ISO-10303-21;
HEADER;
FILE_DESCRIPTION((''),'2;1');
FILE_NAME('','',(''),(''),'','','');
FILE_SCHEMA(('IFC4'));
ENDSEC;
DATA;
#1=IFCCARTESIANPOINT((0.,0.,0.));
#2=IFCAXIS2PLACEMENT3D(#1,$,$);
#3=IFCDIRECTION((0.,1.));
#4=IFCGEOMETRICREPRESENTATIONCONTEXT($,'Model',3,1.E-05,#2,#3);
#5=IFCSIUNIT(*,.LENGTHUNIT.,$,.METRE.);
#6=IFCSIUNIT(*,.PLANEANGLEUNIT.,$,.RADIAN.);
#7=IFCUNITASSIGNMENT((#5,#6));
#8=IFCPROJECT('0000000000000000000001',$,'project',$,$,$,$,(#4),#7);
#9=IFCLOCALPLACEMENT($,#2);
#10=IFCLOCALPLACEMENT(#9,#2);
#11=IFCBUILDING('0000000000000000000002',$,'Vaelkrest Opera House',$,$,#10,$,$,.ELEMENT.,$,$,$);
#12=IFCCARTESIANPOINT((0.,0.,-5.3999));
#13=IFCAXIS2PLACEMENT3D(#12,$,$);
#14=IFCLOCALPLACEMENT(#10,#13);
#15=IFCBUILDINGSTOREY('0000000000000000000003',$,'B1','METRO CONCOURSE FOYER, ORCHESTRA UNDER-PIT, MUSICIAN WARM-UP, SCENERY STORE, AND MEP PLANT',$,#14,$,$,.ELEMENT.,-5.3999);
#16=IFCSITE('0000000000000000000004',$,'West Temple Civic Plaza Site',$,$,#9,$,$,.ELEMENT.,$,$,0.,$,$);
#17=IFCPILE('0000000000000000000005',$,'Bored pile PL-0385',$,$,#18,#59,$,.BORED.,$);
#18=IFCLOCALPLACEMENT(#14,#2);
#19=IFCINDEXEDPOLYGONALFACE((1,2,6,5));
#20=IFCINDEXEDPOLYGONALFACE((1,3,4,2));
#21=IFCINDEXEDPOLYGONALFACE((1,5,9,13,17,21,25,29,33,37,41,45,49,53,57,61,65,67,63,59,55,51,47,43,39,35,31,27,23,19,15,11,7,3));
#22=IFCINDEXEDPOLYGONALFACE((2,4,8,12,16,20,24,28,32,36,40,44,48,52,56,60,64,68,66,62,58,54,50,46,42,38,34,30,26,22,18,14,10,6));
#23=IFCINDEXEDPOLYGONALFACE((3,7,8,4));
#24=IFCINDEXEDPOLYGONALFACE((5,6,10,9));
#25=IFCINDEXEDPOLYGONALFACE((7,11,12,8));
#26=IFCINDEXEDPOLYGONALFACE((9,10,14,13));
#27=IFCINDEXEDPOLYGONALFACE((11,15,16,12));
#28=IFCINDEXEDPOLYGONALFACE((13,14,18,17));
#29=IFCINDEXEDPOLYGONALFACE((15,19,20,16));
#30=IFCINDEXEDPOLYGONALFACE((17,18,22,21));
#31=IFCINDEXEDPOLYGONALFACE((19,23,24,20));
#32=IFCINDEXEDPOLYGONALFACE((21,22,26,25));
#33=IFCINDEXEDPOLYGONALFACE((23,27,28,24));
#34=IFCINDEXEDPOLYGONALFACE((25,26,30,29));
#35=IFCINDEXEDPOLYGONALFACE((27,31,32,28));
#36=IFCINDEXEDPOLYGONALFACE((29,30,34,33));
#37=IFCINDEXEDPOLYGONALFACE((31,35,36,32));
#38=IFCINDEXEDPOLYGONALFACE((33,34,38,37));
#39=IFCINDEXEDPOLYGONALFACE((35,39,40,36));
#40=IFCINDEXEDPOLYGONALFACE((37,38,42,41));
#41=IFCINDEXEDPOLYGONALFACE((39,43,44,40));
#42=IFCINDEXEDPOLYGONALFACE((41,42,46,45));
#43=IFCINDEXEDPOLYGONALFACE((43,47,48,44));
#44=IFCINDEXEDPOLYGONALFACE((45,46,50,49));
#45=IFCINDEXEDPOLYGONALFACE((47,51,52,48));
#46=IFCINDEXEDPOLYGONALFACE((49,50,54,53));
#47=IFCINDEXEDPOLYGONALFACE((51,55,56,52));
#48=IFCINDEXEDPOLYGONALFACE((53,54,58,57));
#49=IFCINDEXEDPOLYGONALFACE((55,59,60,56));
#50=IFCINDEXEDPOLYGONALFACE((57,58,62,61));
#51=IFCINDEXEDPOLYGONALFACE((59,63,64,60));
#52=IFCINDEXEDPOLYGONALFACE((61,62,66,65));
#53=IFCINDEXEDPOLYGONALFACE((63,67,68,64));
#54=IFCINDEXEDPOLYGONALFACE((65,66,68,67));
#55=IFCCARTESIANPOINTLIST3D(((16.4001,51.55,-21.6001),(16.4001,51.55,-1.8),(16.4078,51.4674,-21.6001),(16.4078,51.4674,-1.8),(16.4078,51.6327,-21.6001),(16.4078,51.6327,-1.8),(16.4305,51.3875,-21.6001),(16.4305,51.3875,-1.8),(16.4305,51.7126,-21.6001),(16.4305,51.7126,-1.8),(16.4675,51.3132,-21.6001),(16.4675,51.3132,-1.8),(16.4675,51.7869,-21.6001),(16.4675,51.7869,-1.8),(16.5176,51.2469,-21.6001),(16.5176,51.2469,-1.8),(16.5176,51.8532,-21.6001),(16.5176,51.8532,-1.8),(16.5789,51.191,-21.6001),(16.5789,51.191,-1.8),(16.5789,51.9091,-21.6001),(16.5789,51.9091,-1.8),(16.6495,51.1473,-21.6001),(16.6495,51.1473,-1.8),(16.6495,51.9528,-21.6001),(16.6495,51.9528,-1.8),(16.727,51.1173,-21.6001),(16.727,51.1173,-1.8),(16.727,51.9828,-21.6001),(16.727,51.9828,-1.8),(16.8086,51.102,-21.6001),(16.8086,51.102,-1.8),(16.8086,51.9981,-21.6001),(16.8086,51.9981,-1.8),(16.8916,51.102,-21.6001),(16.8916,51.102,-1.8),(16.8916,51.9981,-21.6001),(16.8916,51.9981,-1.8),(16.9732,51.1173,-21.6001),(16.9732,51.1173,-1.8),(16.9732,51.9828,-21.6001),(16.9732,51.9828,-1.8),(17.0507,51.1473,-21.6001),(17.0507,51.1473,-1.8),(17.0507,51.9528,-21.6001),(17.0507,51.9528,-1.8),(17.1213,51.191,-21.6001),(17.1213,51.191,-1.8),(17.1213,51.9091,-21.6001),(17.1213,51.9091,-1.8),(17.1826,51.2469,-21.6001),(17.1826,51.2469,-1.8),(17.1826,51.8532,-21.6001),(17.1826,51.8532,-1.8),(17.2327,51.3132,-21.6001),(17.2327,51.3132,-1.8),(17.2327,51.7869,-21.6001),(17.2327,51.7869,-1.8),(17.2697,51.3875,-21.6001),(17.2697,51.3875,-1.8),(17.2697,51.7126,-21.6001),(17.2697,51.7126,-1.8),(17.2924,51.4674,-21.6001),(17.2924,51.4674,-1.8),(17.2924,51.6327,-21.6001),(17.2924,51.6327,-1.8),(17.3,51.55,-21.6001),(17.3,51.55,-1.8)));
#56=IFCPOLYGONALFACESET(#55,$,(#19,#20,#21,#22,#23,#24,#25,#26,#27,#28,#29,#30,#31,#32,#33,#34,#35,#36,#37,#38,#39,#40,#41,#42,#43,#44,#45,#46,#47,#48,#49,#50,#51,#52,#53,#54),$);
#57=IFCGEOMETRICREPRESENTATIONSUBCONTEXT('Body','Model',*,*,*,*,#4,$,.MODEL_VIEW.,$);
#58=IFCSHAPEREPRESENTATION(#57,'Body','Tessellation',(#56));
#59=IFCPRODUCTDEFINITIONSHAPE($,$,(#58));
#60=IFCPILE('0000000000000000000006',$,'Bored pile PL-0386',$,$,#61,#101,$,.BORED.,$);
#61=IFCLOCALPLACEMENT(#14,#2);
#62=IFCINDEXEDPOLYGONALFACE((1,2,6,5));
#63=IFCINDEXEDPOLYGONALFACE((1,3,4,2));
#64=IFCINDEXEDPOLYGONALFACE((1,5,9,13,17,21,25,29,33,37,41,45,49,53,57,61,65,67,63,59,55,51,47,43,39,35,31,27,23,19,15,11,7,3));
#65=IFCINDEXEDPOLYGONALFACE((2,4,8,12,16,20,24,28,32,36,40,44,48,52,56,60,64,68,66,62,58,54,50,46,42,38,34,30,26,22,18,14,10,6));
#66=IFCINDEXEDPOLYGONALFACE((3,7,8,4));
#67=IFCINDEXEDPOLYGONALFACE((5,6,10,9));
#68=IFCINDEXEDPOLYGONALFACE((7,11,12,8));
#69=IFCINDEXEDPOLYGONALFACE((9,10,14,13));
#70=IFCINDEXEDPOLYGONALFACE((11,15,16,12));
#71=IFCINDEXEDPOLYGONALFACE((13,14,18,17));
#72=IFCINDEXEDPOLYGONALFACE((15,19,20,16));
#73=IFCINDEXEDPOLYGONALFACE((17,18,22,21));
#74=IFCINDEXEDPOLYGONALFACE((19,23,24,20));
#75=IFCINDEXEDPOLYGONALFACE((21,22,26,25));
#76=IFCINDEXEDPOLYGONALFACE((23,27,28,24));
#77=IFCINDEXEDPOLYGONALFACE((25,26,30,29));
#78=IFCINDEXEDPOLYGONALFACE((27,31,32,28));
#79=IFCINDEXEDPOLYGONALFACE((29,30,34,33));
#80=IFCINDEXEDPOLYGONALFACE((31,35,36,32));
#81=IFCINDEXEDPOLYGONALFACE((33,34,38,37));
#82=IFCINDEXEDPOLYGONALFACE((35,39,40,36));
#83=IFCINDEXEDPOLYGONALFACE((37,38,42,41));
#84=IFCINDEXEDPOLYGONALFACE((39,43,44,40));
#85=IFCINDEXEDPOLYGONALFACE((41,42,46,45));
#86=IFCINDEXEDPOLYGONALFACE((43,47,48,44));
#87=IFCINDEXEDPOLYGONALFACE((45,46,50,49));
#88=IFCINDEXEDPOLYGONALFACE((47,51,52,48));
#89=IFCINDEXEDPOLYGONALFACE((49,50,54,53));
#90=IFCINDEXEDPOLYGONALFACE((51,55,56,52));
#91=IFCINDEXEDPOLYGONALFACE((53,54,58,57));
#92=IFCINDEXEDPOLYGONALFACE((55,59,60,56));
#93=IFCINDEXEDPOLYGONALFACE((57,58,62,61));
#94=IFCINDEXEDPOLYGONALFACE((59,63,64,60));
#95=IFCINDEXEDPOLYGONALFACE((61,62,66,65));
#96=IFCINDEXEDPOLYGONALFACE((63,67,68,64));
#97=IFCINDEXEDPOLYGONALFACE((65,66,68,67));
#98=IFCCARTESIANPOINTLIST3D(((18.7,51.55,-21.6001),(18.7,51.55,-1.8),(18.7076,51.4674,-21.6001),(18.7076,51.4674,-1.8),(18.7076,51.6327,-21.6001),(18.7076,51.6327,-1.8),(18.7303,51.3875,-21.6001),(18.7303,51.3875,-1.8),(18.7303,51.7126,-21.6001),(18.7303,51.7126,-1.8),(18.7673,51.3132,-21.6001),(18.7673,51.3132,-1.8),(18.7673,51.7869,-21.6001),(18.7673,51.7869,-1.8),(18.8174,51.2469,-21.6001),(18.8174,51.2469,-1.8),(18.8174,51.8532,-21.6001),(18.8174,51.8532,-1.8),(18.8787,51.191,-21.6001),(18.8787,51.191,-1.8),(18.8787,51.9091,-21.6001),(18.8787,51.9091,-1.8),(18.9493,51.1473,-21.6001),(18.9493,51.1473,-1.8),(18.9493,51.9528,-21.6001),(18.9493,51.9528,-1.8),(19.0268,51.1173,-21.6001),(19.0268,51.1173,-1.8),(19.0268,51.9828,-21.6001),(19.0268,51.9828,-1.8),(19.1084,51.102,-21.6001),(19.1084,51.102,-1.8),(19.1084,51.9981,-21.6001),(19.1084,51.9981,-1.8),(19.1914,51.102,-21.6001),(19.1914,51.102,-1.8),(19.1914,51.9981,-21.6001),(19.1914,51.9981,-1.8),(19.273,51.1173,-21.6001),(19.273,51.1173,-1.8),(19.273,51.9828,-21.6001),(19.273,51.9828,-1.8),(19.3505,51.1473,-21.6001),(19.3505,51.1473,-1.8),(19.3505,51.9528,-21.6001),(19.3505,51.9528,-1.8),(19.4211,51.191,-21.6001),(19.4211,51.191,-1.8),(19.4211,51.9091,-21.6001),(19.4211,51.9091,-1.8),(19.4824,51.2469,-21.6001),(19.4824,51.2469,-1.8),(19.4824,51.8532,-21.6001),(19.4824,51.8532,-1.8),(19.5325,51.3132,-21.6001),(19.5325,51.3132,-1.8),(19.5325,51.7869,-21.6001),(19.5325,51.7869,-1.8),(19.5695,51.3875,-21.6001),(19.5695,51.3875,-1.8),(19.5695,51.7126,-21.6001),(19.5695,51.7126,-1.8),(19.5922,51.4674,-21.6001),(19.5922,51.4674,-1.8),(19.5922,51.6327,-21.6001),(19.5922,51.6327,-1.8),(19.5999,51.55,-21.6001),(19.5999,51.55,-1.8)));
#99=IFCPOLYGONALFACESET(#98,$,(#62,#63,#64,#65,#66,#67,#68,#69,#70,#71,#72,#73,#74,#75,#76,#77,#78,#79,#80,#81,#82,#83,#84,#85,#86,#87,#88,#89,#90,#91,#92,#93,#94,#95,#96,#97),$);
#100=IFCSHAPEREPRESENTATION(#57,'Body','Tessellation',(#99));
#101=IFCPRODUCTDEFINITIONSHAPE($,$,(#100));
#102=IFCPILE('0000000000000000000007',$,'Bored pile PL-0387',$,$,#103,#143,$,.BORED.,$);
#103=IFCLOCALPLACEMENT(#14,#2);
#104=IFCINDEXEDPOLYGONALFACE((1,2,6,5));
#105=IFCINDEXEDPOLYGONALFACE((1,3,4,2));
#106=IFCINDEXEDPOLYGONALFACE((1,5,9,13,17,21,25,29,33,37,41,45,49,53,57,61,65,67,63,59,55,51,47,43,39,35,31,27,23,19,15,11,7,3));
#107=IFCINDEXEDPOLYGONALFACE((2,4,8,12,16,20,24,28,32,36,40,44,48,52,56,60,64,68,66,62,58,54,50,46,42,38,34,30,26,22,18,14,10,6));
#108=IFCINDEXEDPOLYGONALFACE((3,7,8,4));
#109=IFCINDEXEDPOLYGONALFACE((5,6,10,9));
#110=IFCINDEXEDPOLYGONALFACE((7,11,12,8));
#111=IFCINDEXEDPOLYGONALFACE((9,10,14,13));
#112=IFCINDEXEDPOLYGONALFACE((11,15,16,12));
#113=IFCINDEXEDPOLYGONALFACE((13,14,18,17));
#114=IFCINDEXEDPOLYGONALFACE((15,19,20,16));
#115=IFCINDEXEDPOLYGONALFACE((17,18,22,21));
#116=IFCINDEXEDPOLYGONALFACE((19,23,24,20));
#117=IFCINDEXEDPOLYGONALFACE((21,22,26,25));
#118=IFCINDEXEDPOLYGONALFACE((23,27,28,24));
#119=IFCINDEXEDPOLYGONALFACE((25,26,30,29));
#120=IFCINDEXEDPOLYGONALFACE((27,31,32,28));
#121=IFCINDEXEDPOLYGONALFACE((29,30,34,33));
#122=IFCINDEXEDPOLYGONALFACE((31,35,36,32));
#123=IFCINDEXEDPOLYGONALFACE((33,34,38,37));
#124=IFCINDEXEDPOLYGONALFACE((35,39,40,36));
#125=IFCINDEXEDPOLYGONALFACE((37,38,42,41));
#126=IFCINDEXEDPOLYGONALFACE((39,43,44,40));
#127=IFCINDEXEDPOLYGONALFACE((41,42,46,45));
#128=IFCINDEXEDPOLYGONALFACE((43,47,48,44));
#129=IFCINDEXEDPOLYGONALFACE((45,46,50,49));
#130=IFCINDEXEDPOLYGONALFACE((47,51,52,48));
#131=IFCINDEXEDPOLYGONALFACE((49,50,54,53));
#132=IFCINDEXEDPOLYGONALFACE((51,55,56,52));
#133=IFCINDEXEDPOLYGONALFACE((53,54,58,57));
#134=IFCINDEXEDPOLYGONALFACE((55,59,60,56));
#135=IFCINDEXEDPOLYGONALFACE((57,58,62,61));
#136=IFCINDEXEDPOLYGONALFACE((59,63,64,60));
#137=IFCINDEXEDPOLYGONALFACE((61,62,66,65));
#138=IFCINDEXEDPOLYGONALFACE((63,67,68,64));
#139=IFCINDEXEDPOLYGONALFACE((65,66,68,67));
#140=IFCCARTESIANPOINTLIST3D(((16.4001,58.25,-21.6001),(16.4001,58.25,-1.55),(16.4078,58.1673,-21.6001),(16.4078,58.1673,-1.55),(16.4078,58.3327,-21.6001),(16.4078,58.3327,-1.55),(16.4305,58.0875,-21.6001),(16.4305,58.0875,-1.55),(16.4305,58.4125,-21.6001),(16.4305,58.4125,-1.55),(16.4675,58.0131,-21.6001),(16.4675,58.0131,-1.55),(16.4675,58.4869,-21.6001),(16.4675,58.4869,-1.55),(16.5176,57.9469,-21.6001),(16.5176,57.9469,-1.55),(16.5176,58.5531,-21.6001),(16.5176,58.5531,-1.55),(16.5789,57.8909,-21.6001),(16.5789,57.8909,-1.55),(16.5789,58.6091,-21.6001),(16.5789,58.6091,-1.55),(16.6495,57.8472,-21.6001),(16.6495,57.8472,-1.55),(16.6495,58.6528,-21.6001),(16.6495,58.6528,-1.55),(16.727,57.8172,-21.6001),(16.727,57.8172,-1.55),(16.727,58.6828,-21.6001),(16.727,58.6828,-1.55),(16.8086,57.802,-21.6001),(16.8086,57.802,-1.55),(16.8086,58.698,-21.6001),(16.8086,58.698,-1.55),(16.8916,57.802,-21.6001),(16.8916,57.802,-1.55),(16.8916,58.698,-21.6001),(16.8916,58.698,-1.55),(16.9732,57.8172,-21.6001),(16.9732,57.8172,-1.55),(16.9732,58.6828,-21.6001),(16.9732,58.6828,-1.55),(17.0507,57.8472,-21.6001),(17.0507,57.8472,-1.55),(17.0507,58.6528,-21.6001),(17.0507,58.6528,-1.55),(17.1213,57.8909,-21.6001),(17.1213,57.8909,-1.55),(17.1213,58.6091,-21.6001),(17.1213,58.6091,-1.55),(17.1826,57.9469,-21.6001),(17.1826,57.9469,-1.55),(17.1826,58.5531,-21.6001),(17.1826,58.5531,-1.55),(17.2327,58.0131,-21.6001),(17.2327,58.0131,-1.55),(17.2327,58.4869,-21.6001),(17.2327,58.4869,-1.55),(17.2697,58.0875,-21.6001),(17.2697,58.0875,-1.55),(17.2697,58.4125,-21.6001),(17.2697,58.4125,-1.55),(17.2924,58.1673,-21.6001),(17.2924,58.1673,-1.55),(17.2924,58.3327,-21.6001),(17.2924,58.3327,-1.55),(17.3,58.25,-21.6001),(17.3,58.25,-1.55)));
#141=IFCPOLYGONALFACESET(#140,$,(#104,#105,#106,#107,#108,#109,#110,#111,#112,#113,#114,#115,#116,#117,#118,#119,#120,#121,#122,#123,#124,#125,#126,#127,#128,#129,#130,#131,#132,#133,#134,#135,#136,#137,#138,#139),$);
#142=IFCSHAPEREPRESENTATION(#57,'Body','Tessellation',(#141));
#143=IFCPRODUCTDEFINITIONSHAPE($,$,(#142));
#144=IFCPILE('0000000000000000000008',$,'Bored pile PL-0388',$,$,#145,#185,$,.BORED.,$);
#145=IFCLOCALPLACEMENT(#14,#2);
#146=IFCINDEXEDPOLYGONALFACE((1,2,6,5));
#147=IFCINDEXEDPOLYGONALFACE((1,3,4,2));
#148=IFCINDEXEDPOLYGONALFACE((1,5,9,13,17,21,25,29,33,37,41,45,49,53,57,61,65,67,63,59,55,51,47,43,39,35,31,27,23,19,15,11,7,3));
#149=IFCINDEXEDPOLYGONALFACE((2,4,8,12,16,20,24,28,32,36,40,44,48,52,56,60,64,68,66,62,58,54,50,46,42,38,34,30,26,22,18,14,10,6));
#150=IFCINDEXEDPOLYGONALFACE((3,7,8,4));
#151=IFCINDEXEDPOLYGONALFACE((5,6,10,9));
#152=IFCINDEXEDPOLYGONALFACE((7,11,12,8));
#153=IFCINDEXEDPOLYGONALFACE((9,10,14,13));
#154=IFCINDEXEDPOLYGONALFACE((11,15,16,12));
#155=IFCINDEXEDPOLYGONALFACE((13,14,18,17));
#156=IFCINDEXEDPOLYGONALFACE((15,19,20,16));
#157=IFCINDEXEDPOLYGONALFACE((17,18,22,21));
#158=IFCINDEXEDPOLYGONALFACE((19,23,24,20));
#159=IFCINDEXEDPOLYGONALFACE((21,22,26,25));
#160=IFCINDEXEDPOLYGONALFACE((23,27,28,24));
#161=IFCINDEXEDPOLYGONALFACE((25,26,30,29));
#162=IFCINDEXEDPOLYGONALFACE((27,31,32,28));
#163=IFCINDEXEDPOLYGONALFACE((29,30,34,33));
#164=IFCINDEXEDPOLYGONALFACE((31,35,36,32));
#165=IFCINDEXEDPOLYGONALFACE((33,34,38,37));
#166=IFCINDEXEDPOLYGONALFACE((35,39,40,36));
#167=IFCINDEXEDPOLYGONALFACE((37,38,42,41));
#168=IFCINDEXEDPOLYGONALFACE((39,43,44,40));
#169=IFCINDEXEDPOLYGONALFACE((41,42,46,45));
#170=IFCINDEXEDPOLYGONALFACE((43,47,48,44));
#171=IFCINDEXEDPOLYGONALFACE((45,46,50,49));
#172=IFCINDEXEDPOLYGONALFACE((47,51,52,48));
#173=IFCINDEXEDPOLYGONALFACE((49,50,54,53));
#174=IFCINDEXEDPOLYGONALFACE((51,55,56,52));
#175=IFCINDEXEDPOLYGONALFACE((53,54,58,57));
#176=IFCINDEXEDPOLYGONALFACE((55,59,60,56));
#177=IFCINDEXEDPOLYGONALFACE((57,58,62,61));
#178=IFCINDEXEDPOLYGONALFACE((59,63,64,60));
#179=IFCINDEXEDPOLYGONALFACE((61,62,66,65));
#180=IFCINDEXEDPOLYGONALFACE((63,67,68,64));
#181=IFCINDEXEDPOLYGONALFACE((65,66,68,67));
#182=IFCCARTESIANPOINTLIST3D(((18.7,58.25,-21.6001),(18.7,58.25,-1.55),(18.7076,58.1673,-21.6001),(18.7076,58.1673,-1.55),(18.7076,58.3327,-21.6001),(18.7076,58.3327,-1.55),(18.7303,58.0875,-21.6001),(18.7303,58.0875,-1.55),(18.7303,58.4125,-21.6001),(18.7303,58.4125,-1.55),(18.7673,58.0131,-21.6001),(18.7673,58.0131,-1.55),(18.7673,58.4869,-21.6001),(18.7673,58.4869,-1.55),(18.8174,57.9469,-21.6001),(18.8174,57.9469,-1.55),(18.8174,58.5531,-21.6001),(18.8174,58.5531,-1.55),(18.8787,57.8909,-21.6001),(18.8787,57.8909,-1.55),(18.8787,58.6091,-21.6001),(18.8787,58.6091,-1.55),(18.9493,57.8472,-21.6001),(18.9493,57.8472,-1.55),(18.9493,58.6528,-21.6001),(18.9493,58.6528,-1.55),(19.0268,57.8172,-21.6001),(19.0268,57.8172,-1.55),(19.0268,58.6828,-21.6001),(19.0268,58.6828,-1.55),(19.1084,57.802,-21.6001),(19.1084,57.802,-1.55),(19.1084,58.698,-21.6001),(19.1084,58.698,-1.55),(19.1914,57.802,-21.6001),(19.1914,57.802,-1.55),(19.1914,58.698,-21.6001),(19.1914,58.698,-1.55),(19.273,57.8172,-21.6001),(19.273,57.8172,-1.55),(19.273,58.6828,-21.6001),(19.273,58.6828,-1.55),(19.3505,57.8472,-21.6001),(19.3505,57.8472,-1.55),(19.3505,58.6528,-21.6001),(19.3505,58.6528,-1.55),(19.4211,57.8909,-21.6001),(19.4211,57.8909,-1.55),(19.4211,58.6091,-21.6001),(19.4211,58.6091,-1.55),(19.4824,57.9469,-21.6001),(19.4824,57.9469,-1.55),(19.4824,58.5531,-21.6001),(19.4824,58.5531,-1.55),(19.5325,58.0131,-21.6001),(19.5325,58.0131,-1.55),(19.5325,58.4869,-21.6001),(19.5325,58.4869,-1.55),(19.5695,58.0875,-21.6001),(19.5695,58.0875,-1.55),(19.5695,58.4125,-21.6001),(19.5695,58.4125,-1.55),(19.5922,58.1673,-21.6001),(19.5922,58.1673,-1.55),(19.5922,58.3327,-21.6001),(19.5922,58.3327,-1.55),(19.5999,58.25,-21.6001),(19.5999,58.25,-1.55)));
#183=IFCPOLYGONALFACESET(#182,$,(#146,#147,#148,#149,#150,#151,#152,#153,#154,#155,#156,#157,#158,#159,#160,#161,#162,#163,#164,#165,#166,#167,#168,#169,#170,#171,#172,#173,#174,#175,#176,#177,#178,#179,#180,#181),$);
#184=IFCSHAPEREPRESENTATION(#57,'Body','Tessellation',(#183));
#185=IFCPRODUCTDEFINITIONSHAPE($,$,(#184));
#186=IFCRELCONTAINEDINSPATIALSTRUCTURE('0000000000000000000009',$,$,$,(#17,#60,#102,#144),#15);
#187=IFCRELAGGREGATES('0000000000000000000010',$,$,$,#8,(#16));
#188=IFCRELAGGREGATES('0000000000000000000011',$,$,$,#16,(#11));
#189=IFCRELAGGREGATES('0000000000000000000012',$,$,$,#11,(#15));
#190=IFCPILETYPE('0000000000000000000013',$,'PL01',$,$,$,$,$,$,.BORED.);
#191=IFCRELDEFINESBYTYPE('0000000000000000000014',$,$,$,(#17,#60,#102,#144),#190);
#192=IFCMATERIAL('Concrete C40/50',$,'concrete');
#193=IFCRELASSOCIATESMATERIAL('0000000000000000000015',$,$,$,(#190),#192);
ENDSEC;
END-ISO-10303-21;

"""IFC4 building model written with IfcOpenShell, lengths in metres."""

from ifc_helpers import new_model, si_unit, direction, frame, origin, origin_2d, place, context, subcontext, project, spatial, circle, extrude, material, material_profile, profile_set, type_object, element, save


model = new_model("IFC4")

# Units and contexts
model_context = context("Model", 3, precision=1e-05, world=origin(), true_north=direction((0.0, 1.0)))
body_context = subcontext(model_context, "Body", "Model", "MODEL_VIEW")
ifc_project = project(units=[si_unit("LENGTHUNIT", "METRE"), si_unit("PLANEANGLEUNIT", "RADIAN")], contexts=[model_context])

# Site, building, storey
site_placement = place(None, origin())
site = spatial("IfcSite", under=ifc_project, at=site_placement, Name="West Temple Civic Plaza Site", CompositionType="ELEMENT", RefElevation=0.0)
building_placement = place(site_placement, origin())
building = spatial("IfcBuilding", under=site, at=building_placement, Name="Vaelkrest Opera House", CompositionType="ELEMENT")
storey_placement = place(building_placement, frame((0.0, 0.0, -5.3999)))
storey = spatial("IfcBuildingStorey", under=building, at=storey_placement, Name="B1", Description="METRO CONCOURSE FOYER, ORCHESTRA UNDER-PIT, MUSICIAN WARM-UP, SCENERY STORE, AND MEP PLANT", CompositionType="ELEMENT", Elevation=-5.3999)

# Shared definitions
ifc_material_1 = material(Name="Concrete C40/50", Category="concrete")

# Piles
ifc_material_profile_1 = material_profile(ifc_material_1, circle(Radius=0.45, at=origin_2d()), Name="PILE900")
ifc_profile_set_1 = profile_set([ifc_material_profile_1], Name="Concrete C40/50")
pile_type = type_object("IfcPileType", Name="PL01", PredefinedType="BORED", material=ifc_profile_set_1)
for number, where, z_axis, x_axis, name in (
    (1, (16.8501, 51.55, -1.8), (0.0, 0.0, -1.0), (1.0, 0.0, 0.0), "Bored pile PL-0385"),
    (2, (19.1499, 51.55, -1.8), (0.0, 0.0, -1.0), (1.0, 0.0, 0.0), "Bored pile PL-0386"),
):
    element("IfcPile", number, at=place(storey_placement, frame(where, z_axis=z_axis, x_axis=x_axis)), inside=storey, type_object=pile_type, Name=name, PredefinedType="BORED", context=body_context, shape_type="SweptSolid", body=[
        extrude(circle(Radius=0.45, at=origin_2d()), origin(), (0.0, 0.0, 1.0), 19.8),
    ])
for number, where, z_axis, x_axis, name in (
    (3, (16.8501, 58.25, -1.55), (0.0, 0.0, -1.0), (1.0, 0.0, 0.0), "Bored pile PL-0387"),
    (4, (19.1499, 58.25, -1.55), (0.0, 0.0, -1.0), (1.0, 0.0, 0.0), "Bored pile PL-0388"),
):
    element("IfcPile", number, at=place(storey_placement, frame(where, z_axis=z_axis, x_axis=x_axis)), inside=storey, type_object=pile_type, Name=name, PredefinedType="BORED", context=body_context, shape_type="SweptSolid", body=[
        extrude(circle(Radius=0.45, at=origin_2d()), origin(), (0.0, 0.0, 1.0), 20.05),
    ])

save(model, "model.ifc")
